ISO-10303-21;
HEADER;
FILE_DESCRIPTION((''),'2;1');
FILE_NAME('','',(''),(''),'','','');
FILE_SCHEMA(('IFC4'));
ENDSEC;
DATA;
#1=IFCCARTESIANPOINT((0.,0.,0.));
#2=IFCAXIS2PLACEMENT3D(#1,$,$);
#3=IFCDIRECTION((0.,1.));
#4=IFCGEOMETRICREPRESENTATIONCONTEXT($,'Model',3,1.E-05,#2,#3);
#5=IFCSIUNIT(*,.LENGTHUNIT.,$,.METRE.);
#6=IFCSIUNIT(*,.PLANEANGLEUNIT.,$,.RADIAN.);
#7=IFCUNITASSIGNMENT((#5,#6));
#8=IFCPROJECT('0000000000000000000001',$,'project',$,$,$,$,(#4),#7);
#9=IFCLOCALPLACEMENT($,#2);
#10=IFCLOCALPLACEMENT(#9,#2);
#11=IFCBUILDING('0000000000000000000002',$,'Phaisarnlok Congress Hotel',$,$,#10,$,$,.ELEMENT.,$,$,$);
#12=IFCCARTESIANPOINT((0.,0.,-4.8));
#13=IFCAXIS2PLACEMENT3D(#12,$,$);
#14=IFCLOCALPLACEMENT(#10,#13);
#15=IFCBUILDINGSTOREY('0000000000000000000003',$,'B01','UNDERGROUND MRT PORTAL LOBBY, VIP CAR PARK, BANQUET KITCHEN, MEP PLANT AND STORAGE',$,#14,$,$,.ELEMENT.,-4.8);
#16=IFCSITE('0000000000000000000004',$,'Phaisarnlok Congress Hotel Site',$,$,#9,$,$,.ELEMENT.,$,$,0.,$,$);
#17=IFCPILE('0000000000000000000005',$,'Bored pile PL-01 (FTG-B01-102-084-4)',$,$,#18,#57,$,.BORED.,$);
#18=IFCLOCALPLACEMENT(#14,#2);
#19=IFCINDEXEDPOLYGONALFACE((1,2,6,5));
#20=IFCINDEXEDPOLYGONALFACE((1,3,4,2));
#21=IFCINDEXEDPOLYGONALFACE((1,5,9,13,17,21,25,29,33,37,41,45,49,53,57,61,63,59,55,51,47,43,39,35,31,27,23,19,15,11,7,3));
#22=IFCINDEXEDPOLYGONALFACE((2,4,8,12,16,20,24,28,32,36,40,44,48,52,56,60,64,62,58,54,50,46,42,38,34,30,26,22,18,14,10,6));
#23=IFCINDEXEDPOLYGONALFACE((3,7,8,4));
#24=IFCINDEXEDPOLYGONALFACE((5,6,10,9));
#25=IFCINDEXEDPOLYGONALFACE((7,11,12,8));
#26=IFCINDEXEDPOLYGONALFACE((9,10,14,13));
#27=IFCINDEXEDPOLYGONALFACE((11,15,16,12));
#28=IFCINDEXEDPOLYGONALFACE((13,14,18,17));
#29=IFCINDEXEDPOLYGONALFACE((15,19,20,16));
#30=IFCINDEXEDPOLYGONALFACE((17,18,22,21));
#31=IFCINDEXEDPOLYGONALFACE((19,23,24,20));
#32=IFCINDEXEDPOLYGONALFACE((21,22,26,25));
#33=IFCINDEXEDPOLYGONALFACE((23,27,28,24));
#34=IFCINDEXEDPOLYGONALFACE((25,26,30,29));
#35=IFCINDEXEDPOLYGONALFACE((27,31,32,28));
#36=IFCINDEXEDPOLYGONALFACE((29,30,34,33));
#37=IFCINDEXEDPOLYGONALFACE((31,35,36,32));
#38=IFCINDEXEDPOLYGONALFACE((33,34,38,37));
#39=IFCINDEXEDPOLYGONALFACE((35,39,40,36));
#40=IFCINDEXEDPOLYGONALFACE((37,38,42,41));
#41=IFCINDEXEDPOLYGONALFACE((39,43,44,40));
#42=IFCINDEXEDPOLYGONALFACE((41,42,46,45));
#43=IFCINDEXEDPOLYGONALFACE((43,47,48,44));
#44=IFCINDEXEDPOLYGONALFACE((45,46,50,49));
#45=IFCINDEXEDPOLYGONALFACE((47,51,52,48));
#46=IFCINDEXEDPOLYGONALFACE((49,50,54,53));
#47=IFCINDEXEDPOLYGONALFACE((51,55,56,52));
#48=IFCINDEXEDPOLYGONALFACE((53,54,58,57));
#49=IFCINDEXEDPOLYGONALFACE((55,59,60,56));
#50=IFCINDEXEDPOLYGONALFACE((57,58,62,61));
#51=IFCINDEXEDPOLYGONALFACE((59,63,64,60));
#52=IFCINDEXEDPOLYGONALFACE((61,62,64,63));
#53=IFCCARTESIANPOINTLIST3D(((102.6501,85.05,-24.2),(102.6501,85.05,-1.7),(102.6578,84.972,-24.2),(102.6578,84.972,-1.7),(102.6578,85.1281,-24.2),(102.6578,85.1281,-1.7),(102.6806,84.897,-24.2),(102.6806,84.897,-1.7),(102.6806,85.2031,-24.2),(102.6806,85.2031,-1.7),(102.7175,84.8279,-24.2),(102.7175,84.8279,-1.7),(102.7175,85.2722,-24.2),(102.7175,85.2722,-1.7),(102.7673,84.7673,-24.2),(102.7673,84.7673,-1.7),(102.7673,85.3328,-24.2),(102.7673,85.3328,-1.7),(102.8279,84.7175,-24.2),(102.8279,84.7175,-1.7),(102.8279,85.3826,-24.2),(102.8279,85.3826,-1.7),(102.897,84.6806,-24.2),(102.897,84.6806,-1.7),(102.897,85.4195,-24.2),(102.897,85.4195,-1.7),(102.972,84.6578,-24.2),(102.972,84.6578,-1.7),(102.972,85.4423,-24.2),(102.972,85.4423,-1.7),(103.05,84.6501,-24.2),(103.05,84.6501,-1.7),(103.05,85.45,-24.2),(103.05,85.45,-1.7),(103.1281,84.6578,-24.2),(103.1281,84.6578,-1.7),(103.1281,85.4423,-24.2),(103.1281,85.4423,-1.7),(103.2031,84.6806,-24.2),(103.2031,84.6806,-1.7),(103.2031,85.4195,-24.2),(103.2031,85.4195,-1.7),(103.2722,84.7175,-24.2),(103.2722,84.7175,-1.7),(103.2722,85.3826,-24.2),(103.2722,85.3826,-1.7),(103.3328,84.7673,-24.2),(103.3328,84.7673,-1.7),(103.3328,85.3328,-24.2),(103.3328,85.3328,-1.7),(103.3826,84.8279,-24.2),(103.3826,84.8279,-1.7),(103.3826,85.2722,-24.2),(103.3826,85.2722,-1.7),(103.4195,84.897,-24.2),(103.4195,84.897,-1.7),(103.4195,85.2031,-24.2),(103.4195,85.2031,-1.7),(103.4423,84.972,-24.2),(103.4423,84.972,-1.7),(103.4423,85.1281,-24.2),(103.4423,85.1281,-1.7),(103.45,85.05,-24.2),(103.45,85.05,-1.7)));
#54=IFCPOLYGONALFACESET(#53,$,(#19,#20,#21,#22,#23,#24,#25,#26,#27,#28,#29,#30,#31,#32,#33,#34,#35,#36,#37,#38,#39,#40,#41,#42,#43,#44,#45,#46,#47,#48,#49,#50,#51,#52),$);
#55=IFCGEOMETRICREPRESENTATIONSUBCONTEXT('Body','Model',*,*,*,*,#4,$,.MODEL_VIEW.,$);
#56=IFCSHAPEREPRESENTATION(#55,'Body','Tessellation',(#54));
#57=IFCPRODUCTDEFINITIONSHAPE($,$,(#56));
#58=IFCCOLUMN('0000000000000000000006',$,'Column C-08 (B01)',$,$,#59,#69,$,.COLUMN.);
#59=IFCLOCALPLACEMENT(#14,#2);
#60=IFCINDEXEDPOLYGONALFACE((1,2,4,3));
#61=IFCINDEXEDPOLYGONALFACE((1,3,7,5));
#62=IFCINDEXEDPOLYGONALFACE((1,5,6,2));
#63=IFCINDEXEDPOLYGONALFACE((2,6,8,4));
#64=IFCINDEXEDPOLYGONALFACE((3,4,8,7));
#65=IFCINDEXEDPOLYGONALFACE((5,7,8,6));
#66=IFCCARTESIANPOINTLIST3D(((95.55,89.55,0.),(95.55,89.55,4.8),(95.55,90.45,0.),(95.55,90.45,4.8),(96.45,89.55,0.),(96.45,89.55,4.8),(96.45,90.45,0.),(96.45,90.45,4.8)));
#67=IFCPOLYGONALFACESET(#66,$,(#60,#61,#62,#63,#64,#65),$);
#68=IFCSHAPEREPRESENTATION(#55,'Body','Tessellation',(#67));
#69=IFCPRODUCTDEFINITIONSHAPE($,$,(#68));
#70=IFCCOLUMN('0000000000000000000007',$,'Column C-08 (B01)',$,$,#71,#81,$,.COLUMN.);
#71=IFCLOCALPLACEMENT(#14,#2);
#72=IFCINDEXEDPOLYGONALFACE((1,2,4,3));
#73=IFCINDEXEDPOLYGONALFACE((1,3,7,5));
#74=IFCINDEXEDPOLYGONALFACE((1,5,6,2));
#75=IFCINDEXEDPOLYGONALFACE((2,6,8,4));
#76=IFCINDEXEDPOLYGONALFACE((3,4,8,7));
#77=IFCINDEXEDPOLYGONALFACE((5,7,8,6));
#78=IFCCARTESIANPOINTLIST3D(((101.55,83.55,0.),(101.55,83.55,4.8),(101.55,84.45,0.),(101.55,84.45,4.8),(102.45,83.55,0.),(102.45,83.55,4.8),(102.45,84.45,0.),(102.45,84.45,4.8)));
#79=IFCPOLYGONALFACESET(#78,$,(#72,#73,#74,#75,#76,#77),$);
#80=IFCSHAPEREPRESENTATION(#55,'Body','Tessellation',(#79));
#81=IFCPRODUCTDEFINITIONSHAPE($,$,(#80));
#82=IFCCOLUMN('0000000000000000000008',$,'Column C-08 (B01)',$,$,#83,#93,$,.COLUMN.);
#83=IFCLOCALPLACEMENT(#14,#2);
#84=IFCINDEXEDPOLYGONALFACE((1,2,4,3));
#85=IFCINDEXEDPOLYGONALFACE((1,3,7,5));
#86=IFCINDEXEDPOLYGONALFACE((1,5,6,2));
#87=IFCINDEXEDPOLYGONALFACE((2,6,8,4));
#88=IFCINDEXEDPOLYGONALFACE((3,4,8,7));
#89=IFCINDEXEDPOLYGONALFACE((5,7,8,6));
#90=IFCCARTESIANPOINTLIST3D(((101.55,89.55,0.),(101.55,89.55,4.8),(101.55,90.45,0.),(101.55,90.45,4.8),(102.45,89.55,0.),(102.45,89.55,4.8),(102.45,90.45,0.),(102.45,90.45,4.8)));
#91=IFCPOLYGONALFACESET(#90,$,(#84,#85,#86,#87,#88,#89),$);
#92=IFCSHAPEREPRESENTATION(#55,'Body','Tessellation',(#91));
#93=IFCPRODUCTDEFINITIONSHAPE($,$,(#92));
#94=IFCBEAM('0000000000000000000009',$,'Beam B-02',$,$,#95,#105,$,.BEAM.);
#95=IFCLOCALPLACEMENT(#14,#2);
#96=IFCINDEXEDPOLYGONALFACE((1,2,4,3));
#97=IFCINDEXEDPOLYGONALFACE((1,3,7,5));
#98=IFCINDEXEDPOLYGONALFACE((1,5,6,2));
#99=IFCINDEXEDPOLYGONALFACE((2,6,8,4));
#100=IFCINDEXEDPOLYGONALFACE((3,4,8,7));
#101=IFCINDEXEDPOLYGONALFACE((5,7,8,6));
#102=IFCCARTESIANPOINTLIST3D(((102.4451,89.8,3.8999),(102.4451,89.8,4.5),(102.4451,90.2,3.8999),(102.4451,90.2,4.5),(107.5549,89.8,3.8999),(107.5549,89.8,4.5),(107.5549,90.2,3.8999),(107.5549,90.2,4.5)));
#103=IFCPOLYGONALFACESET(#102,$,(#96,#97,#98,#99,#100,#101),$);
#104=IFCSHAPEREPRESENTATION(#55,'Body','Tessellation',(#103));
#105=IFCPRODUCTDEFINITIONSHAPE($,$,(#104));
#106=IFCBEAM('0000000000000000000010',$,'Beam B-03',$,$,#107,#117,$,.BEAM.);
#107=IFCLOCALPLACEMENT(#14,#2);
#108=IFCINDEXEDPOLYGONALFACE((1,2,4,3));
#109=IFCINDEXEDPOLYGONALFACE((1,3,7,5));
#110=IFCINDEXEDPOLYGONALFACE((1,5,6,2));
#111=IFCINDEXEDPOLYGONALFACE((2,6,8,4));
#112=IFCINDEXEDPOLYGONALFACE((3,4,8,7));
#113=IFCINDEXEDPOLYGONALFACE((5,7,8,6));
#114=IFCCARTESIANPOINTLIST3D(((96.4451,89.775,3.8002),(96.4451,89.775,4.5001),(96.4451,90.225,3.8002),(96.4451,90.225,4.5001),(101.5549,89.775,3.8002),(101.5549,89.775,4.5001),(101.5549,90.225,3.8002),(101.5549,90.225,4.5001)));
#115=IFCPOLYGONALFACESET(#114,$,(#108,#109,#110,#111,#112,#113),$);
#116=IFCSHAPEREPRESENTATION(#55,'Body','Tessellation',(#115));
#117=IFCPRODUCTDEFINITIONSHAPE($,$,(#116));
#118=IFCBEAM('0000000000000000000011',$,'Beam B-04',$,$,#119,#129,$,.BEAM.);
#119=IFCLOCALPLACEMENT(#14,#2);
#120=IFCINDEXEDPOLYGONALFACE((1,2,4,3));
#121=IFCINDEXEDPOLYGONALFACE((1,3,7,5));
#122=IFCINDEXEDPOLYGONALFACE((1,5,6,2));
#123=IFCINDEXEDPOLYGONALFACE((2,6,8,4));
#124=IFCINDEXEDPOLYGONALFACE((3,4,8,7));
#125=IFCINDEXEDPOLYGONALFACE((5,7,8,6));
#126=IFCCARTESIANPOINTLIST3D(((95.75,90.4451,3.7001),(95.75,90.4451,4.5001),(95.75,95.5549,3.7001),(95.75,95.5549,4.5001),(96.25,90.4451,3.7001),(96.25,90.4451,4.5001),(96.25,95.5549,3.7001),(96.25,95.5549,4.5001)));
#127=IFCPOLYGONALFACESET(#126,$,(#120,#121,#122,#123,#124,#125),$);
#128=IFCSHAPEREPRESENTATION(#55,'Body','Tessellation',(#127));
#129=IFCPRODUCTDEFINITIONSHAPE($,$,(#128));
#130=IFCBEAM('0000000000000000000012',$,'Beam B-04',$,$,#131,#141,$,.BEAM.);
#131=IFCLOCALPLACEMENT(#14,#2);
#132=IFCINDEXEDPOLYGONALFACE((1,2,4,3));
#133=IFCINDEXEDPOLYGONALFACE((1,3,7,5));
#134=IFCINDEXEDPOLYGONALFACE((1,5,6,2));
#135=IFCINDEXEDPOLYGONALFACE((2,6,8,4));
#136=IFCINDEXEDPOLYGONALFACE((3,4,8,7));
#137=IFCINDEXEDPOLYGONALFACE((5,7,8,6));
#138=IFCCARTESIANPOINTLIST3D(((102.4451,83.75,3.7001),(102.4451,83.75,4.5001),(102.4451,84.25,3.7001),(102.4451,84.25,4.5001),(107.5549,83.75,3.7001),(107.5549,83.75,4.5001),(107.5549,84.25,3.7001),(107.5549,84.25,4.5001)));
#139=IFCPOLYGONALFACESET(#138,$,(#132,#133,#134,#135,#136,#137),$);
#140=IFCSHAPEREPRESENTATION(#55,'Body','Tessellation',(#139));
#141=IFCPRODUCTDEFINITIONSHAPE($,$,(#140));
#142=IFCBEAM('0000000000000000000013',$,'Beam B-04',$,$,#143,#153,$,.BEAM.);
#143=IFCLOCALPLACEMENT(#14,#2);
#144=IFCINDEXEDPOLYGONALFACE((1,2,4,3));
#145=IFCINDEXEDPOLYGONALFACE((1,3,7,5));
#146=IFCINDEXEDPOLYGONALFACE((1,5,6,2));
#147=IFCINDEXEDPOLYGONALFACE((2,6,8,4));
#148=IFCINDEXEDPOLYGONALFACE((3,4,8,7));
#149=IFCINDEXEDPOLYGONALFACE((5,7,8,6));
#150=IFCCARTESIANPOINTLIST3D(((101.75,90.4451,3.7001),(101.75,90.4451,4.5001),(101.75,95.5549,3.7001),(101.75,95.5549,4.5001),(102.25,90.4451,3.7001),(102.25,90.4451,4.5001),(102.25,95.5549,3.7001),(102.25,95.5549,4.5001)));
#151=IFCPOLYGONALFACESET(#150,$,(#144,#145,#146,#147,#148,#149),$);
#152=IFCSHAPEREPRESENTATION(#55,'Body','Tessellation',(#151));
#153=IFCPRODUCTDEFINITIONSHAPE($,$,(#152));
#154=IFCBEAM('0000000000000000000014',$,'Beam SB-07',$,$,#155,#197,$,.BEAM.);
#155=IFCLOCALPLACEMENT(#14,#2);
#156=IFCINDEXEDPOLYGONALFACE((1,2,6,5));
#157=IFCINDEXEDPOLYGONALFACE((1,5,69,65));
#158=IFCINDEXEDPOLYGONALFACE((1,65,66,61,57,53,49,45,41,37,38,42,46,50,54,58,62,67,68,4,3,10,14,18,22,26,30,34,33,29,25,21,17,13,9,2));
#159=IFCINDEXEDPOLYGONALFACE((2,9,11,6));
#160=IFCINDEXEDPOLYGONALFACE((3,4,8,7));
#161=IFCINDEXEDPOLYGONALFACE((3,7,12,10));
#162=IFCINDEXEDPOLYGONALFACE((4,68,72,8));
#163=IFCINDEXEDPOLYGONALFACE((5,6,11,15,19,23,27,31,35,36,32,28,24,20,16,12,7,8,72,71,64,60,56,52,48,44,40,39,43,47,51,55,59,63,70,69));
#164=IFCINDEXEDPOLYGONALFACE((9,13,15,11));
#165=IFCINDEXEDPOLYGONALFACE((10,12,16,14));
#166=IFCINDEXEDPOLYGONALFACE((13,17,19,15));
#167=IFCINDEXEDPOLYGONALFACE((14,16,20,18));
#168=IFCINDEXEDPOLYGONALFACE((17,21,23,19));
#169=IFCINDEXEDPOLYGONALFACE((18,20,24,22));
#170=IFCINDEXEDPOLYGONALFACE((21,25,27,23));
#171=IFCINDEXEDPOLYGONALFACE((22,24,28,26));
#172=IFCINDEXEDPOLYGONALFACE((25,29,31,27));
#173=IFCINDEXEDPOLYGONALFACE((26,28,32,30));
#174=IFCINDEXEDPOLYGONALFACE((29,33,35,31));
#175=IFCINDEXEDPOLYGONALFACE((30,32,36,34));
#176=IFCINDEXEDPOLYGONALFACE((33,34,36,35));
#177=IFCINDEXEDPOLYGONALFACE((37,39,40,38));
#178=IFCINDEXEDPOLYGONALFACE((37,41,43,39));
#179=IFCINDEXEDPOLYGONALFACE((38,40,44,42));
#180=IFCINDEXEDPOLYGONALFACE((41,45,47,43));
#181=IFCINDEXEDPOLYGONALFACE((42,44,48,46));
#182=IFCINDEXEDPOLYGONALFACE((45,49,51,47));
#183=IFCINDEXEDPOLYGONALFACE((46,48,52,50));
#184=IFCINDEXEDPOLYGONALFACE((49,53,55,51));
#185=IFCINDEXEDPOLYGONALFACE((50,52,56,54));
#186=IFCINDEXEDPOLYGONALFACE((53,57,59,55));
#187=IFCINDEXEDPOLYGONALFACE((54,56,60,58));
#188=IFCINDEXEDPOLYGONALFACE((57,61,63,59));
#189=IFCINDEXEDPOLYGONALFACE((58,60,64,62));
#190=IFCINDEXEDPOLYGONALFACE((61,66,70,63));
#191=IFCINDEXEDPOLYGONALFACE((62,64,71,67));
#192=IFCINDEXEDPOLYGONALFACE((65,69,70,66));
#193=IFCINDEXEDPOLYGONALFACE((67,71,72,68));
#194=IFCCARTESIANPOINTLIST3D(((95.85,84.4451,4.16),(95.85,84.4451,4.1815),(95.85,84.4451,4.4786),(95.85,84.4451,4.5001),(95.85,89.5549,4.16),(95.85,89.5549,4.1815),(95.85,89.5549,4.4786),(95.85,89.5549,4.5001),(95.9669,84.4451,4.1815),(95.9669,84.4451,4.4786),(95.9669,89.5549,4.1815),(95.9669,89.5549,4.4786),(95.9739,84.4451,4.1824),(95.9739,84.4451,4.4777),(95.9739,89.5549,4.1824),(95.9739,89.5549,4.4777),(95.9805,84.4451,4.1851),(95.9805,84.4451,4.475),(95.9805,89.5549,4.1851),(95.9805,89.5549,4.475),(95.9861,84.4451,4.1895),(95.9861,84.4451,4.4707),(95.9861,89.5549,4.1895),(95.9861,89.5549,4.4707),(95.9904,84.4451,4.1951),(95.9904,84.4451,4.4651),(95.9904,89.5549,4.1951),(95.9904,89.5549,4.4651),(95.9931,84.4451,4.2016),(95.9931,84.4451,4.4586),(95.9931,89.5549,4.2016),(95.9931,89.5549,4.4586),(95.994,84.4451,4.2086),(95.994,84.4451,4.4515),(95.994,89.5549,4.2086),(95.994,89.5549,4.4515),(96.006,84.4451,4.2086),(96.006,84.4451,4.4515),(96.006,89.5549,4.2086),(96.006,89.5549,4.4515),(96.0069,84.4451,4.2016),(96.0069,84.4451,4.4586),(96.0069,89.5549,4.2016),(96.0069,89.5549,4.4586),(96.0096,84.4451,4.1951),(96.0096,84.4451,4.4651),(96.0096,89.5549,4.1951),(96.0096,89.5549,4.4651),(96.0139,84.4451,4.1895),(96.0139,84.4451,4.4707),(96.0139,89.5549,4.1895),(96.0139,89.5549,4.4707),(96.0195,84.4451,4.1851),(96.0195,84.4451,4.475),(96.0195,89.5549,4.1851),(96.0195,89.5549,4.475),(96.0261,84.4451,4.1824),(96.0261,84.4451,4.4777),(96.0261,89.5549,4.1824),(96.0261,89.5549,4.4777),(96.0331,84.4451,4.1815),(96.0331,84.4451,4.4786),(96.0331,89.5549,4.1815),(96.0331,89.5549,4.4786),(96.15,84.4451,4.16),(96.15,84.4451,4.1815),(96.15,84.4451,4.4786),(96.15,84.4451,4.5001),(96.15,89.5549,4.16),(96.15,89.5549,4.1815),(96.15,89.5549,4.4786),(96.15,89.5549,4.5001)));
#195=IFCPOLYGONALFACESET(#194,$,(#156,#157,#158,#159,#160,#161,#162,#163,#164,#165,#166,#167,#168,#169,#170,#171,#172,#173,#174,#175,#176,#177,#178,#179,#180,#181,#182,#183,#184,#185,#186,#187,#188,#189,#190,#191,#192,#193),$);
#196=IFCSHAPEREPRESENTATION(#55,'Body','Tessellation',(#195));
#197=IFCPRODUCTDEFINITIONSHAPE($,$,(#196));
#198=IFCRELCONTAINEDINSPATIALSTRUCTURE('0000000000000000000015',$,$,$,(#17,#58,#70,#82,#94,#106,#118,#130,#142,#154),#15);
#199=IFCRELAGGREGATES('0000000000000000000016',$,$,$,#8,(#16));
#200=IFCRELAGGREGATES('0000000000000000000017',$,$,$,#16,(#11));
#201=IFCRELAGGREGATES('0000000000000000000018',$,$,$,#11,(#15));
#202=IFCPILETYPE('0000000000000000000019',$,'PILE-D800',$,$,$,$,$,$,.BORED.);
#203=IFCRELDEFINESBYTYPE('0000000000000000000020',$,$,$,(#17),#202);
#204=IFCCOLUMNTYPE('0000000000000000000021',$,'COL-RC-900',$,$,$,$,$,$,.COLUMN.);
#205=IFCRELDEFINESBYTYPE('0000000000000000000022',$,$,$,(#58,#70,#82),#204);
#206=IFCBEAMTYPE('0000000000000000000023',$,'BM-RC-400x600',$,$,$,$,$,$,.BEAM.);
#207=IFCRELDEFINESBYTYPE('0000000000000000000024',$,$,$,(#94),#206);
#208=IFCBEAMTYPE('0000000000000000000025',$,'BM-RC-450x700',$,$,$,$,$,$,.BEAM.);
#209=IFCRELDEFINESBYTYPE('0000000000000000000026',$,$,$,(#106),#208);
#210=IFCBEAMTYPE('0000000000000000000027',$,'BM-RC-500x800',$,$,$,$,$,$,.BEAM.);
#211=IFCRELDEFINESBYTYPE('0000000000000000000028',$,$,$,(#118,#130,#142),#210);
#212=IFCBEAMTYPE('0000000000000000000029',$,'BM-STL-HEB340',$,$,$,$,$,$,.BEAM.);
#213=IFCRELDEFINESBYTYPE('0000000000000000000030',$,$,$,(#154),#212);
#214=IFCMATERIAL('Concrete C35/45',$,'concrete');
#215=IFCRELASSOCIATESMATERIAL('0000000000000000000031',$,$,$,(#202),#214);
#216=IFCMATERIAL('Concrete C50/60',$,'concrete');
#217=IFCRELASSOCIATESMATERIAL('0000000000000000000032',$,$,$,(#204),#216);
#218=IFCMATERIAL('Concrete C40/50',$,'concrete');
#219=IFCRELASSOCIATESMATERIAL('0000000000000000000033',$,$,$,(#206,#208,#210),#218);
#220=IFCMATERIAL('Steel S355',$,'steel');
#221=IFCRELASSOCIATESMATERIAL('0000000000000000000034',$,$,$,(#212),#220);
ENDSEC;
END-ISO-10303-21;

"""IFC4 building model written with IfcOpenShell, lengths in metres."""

from ifc_helpers import new_model, si_unit, direction, frame, origin, origin_2d, place, context, subcontext, project, spatial, rectangle, circle, i_section, extrude, material, material_profile, profile_set, type_object, element, save


model = new_model("IFC4")

# Units and contexts
model_context = context("Model", 3, precision=1e-05, world=origin(), true_north=direction((0.0, 1.0)))
body_context = subcontext(model_context, "Body", "Model", "MODEL_VIEW")
ifc_project = project(units=[si_unit("LENGTHUNIT", "METRE"), si_unit("PLANEANGLEUNIT", "RADIAN")], contexts=[model_context])

# Site, building, storey
site_placement = place(None, origin())
site = spatial("IfcSite", under=ifc_project, at=site_placement, Name="Phaisarnlok Congress Hotel Site", CompositionType="ELEMENT", RefElevation=0.0)
building_placement = place(site_placement, origin())
building = spatial("IfcBuilding", under=site, at=building_placement, Name="Phaisarnlok Congress Hotel", CompositionType="ELEMENT")
storey_placement = place(building_placement, frame((0.0, 0.0, -4.8)))
storey = spatial("IfcBuildingStorey", under=building, at=storey_placement, Name="B01", Description="UNDERGROUND MRT PORTAL LOBBY, VIP CAR PARK, BANQUET KITCHEN, MEP PLANT AND STORAGE", CompositionType="ELEMENT", Elevation=-4.8)

# Shared definitions
ifc_material_1 = material(Name="Concrete C40/50", Category="concrete")

# Pile
ifc_material_2 = material(Name="Concrete C35/45", Category="concrete")
ifc_material_profile_1 = material_profile(ifc_material_2, circle(Radius=0.3999, at=origin_2d()), Name="BORED PILE D800")
ifc_profile_set_1 = profile_set([ifc_material_profile_1], Name="Concrete C35/45")
pile_type_1 = type_object("IfcPileType", Name="PILE-D800", PredefinedType="BORED", material=ifc_profile_set_1)
for number, where, z_axis, x_axis, name in (
    (1, (103.05, 85.05, -1.7), (0.0, 0.0, -1.0), (1.0, 0.0, 0.0), "Bored pile PL-01 (FTG-B01-102-084-4)"),
):
    element("IfcPile", number, at=place(storey_placement, frame(where, z_axis=z_axis, x_axis=x_axis)), inside=storey, type_object=pile_type_1, Name=name, PredefinedType="BORED", context=body_context, shape_type="SweptSolid", body=[
        extrude(circle(Radius=0.3999, at=origin_2d()), origin(), (0.0, 0.0, 1.0), 22.5),
    ])

# Columns
ifc_material_3 = material(Name="Concrete C50/60", Category="concrete")
ifc_material_profile_2 = material_profile(ifc_material_3, rectangle(XDim=0.8999, YDim=0.8999, at=origin_2d()), Name="RC 900x900")
ifc_profile_set_2 = profile_set([ifc_material_profile_2], Name="Concrete C50/60")
column_type = type_object("IfcColumnType", Name="COL-RC-900", PredefinedType="COLUMN", material=ifc_profile_set_2)
for number, where, z_axis, x_axis, name in (
    (2, (96.0, 90.0, 0.0), (0.0, 0.0, 1.0), (1.0, 0.0, 0.0), "Column C-08 (B01)"),
    (3, (102.0, 84.0, 0.0), (0.0, 0.0, 1.0), (1.0, 0.0, 0.0), "Column C-08 (B01)"),
    (4, (102.0, 90.0, 0.0), (0.0, 0.0, 1.0), (1.0, 0.0, 0.0), "Column C-08 (B01)"),
):
    element("IfcColumn", number, at=place(storey_placement, frame(where, z_axis=z_axis, x_axis=x_axis)), inside=storey, type_object=column_type, Name=name, PredefinedType="COLUMN", context=body_context, shape_type="SweptSolid", body=[
        extrude(rectangle(XDim=0.8999, YDim=0.8999, at=origin_2d()), origin(), (0.0, 0.0, 1.0), 4.8),
    ])

# Beams
ifc_material_profile_3 = material_profile(ifc_material_1, rectangle(XDim=0.3999, YDim=0.6001, at=origin_2d()), Name="RC 400x600")
ifc_profile_set_3 = profile_set([ifc_material_profile_3], Name="Concrete C40/50")
beam_type_1 = type_object("IfcBeamType", Name="BM-RC-400x600", PredefinedType="BEAM", material=ifc_profile_set_3)
beam_1_placement = place(storey_placement, frame((102.4451, 90.0, 4.2), z_axis=(1.0, 0.0, 0.0), x_axis=(0.0, 1.0, 0.0)))
element("IfcBeam", 5, at=beam_1_placement, inside=storey, type_object=beam_type_1, Name="Beam B-02", PredefinedType="BEAM", context=body_context, shape_type="SweptSolid", body=[
    extrude(rectangle(XDim=0.3999, YDim=0.6001, at=origin_2d()), origin(), (0.0, 0.0, 1.0), 5.1099),
])
ifc_material_profile_4 = material_profile(ifc_material_1, rectangle(XDim=0.45, YDim=0.7, at=origin_2d()), Name="RC 450x700")
ifc_profile_set_4 = profile_set([ifc_material_profile_4], Name="Concrete C40/50")
beam_type_2 = type_object("IfcBeamType", Name="BM-RC-450x700", PredefinedType="BEAM", material=ifc_profile_set_4)
beam_2_placement = place(storey_placement, frame((96.4451, 90.0, 4.1501), z_axis=(1.0, 0.0, 0.0), x_axis=(0.0, 1.0, 0.0)))
element("IfcBeam", 6, at=beam_2_placement, inside=storey, type_object=beam_type_2, Name="Beam B-03", PredefinedType="BEAM", context=body_context, shape_type="SweptSolid", body=[
    extrude(rectangle(XDim=0.45, YDim=0.7, at=origin_2d()), origin(), (0.0, 0.0, 1.0), 5.1099),
])
ifc_material_profile_5 = material_profile(ifc_material_1, rectangle(XDim=0.5, YDim=0.8, at=origin_2d()), Name="RC 500x800")
ifc_profile_set_5 = profile_set([ifc_material_profile_5], Name="Concrete C40/50")
beam_type_3 = type_object("IfcBeamType", Name="BM-RC-500x800", PredefinedType="BEAM", material=ifc_profile_set_5)
for number, where, z_axis, x_axis, name in (
    (7, (96.0, 90.4451, 4.1001), (0.0, 1.0, 0.0), (-1.0, 0.0, 0.0), "Beam B-04"),
    (8, (102.4451, 84.0, 4.1001), (1.0, 0.0, 0.0), (0.0, 1.0, 0.0), "Beam B-04"),
    (9, (102.0, 90.4451, 4.1001), (0.0, 1.0, 0.0), (-1.0, 0.0, 0.0), "Beam B-04"),
):
    element("IfcBeam", number, at=place(storey_placement, frame(where, z_axis=z_axis, x_axis=x_axis)), inside=storey, type_object=beam_type_3, Name=name, PredefinedType="BEAM", context=body_context, shape_type="SweptSolid", body=[
        extrude(rectangle(XDim=0.5, YDim=0.8, at=origin_2d()), origin(), (0.0, 0.0, 1.0), 5.1099),
    ])
ifc_material_4 = material(Name="Steel S355", Category="steel")
ifc_material_profile_6 = material_profile(ifc_material_4, i_section(OverallWidth=0.3, OverallDepth=0.3401, WebThickness=0.012, FlangeThickness=0.0215, FilletRadius=0.0271, at=origin_2d()), Name="HEB 340")
ifc_profile_set_6 = profile_set([ifc_material_profile_6], Name="Steel S355")
beam_type_4 = type_object("IfcBeamType", Name="BM-STL-HEB340", PredefinedType="BEAM", material=ifc_profile_set_6)
for number, where, z_axis, x_axis, name in (
    (10, (96.0, 84.4451, 4.3301), (0.0, 1.0, 0.0), (-1.0, 0.0, 0.0), "Beam SB-07"),
):
    element("IfcBeam", number, at=place(storey_placement, frame(where, z_axis=z_axis, x_axis=x_axis)), inside=storey, type_object=beam_type_4, Name=name, PredefinedType="BEAM", context=body_context, shape_type="SweptSolid", body=[
        extrude(i_section(OverallWidth=0.3, OverallDepth=0.3401, WebThickness=0.012, FlangeThickness=0.0215, FilletRadius=0.0271, at=origin_2d()), origin(), (0.0, 0.0, 1.0), 5.1099),
    ])

save(model, "model.ifc")
